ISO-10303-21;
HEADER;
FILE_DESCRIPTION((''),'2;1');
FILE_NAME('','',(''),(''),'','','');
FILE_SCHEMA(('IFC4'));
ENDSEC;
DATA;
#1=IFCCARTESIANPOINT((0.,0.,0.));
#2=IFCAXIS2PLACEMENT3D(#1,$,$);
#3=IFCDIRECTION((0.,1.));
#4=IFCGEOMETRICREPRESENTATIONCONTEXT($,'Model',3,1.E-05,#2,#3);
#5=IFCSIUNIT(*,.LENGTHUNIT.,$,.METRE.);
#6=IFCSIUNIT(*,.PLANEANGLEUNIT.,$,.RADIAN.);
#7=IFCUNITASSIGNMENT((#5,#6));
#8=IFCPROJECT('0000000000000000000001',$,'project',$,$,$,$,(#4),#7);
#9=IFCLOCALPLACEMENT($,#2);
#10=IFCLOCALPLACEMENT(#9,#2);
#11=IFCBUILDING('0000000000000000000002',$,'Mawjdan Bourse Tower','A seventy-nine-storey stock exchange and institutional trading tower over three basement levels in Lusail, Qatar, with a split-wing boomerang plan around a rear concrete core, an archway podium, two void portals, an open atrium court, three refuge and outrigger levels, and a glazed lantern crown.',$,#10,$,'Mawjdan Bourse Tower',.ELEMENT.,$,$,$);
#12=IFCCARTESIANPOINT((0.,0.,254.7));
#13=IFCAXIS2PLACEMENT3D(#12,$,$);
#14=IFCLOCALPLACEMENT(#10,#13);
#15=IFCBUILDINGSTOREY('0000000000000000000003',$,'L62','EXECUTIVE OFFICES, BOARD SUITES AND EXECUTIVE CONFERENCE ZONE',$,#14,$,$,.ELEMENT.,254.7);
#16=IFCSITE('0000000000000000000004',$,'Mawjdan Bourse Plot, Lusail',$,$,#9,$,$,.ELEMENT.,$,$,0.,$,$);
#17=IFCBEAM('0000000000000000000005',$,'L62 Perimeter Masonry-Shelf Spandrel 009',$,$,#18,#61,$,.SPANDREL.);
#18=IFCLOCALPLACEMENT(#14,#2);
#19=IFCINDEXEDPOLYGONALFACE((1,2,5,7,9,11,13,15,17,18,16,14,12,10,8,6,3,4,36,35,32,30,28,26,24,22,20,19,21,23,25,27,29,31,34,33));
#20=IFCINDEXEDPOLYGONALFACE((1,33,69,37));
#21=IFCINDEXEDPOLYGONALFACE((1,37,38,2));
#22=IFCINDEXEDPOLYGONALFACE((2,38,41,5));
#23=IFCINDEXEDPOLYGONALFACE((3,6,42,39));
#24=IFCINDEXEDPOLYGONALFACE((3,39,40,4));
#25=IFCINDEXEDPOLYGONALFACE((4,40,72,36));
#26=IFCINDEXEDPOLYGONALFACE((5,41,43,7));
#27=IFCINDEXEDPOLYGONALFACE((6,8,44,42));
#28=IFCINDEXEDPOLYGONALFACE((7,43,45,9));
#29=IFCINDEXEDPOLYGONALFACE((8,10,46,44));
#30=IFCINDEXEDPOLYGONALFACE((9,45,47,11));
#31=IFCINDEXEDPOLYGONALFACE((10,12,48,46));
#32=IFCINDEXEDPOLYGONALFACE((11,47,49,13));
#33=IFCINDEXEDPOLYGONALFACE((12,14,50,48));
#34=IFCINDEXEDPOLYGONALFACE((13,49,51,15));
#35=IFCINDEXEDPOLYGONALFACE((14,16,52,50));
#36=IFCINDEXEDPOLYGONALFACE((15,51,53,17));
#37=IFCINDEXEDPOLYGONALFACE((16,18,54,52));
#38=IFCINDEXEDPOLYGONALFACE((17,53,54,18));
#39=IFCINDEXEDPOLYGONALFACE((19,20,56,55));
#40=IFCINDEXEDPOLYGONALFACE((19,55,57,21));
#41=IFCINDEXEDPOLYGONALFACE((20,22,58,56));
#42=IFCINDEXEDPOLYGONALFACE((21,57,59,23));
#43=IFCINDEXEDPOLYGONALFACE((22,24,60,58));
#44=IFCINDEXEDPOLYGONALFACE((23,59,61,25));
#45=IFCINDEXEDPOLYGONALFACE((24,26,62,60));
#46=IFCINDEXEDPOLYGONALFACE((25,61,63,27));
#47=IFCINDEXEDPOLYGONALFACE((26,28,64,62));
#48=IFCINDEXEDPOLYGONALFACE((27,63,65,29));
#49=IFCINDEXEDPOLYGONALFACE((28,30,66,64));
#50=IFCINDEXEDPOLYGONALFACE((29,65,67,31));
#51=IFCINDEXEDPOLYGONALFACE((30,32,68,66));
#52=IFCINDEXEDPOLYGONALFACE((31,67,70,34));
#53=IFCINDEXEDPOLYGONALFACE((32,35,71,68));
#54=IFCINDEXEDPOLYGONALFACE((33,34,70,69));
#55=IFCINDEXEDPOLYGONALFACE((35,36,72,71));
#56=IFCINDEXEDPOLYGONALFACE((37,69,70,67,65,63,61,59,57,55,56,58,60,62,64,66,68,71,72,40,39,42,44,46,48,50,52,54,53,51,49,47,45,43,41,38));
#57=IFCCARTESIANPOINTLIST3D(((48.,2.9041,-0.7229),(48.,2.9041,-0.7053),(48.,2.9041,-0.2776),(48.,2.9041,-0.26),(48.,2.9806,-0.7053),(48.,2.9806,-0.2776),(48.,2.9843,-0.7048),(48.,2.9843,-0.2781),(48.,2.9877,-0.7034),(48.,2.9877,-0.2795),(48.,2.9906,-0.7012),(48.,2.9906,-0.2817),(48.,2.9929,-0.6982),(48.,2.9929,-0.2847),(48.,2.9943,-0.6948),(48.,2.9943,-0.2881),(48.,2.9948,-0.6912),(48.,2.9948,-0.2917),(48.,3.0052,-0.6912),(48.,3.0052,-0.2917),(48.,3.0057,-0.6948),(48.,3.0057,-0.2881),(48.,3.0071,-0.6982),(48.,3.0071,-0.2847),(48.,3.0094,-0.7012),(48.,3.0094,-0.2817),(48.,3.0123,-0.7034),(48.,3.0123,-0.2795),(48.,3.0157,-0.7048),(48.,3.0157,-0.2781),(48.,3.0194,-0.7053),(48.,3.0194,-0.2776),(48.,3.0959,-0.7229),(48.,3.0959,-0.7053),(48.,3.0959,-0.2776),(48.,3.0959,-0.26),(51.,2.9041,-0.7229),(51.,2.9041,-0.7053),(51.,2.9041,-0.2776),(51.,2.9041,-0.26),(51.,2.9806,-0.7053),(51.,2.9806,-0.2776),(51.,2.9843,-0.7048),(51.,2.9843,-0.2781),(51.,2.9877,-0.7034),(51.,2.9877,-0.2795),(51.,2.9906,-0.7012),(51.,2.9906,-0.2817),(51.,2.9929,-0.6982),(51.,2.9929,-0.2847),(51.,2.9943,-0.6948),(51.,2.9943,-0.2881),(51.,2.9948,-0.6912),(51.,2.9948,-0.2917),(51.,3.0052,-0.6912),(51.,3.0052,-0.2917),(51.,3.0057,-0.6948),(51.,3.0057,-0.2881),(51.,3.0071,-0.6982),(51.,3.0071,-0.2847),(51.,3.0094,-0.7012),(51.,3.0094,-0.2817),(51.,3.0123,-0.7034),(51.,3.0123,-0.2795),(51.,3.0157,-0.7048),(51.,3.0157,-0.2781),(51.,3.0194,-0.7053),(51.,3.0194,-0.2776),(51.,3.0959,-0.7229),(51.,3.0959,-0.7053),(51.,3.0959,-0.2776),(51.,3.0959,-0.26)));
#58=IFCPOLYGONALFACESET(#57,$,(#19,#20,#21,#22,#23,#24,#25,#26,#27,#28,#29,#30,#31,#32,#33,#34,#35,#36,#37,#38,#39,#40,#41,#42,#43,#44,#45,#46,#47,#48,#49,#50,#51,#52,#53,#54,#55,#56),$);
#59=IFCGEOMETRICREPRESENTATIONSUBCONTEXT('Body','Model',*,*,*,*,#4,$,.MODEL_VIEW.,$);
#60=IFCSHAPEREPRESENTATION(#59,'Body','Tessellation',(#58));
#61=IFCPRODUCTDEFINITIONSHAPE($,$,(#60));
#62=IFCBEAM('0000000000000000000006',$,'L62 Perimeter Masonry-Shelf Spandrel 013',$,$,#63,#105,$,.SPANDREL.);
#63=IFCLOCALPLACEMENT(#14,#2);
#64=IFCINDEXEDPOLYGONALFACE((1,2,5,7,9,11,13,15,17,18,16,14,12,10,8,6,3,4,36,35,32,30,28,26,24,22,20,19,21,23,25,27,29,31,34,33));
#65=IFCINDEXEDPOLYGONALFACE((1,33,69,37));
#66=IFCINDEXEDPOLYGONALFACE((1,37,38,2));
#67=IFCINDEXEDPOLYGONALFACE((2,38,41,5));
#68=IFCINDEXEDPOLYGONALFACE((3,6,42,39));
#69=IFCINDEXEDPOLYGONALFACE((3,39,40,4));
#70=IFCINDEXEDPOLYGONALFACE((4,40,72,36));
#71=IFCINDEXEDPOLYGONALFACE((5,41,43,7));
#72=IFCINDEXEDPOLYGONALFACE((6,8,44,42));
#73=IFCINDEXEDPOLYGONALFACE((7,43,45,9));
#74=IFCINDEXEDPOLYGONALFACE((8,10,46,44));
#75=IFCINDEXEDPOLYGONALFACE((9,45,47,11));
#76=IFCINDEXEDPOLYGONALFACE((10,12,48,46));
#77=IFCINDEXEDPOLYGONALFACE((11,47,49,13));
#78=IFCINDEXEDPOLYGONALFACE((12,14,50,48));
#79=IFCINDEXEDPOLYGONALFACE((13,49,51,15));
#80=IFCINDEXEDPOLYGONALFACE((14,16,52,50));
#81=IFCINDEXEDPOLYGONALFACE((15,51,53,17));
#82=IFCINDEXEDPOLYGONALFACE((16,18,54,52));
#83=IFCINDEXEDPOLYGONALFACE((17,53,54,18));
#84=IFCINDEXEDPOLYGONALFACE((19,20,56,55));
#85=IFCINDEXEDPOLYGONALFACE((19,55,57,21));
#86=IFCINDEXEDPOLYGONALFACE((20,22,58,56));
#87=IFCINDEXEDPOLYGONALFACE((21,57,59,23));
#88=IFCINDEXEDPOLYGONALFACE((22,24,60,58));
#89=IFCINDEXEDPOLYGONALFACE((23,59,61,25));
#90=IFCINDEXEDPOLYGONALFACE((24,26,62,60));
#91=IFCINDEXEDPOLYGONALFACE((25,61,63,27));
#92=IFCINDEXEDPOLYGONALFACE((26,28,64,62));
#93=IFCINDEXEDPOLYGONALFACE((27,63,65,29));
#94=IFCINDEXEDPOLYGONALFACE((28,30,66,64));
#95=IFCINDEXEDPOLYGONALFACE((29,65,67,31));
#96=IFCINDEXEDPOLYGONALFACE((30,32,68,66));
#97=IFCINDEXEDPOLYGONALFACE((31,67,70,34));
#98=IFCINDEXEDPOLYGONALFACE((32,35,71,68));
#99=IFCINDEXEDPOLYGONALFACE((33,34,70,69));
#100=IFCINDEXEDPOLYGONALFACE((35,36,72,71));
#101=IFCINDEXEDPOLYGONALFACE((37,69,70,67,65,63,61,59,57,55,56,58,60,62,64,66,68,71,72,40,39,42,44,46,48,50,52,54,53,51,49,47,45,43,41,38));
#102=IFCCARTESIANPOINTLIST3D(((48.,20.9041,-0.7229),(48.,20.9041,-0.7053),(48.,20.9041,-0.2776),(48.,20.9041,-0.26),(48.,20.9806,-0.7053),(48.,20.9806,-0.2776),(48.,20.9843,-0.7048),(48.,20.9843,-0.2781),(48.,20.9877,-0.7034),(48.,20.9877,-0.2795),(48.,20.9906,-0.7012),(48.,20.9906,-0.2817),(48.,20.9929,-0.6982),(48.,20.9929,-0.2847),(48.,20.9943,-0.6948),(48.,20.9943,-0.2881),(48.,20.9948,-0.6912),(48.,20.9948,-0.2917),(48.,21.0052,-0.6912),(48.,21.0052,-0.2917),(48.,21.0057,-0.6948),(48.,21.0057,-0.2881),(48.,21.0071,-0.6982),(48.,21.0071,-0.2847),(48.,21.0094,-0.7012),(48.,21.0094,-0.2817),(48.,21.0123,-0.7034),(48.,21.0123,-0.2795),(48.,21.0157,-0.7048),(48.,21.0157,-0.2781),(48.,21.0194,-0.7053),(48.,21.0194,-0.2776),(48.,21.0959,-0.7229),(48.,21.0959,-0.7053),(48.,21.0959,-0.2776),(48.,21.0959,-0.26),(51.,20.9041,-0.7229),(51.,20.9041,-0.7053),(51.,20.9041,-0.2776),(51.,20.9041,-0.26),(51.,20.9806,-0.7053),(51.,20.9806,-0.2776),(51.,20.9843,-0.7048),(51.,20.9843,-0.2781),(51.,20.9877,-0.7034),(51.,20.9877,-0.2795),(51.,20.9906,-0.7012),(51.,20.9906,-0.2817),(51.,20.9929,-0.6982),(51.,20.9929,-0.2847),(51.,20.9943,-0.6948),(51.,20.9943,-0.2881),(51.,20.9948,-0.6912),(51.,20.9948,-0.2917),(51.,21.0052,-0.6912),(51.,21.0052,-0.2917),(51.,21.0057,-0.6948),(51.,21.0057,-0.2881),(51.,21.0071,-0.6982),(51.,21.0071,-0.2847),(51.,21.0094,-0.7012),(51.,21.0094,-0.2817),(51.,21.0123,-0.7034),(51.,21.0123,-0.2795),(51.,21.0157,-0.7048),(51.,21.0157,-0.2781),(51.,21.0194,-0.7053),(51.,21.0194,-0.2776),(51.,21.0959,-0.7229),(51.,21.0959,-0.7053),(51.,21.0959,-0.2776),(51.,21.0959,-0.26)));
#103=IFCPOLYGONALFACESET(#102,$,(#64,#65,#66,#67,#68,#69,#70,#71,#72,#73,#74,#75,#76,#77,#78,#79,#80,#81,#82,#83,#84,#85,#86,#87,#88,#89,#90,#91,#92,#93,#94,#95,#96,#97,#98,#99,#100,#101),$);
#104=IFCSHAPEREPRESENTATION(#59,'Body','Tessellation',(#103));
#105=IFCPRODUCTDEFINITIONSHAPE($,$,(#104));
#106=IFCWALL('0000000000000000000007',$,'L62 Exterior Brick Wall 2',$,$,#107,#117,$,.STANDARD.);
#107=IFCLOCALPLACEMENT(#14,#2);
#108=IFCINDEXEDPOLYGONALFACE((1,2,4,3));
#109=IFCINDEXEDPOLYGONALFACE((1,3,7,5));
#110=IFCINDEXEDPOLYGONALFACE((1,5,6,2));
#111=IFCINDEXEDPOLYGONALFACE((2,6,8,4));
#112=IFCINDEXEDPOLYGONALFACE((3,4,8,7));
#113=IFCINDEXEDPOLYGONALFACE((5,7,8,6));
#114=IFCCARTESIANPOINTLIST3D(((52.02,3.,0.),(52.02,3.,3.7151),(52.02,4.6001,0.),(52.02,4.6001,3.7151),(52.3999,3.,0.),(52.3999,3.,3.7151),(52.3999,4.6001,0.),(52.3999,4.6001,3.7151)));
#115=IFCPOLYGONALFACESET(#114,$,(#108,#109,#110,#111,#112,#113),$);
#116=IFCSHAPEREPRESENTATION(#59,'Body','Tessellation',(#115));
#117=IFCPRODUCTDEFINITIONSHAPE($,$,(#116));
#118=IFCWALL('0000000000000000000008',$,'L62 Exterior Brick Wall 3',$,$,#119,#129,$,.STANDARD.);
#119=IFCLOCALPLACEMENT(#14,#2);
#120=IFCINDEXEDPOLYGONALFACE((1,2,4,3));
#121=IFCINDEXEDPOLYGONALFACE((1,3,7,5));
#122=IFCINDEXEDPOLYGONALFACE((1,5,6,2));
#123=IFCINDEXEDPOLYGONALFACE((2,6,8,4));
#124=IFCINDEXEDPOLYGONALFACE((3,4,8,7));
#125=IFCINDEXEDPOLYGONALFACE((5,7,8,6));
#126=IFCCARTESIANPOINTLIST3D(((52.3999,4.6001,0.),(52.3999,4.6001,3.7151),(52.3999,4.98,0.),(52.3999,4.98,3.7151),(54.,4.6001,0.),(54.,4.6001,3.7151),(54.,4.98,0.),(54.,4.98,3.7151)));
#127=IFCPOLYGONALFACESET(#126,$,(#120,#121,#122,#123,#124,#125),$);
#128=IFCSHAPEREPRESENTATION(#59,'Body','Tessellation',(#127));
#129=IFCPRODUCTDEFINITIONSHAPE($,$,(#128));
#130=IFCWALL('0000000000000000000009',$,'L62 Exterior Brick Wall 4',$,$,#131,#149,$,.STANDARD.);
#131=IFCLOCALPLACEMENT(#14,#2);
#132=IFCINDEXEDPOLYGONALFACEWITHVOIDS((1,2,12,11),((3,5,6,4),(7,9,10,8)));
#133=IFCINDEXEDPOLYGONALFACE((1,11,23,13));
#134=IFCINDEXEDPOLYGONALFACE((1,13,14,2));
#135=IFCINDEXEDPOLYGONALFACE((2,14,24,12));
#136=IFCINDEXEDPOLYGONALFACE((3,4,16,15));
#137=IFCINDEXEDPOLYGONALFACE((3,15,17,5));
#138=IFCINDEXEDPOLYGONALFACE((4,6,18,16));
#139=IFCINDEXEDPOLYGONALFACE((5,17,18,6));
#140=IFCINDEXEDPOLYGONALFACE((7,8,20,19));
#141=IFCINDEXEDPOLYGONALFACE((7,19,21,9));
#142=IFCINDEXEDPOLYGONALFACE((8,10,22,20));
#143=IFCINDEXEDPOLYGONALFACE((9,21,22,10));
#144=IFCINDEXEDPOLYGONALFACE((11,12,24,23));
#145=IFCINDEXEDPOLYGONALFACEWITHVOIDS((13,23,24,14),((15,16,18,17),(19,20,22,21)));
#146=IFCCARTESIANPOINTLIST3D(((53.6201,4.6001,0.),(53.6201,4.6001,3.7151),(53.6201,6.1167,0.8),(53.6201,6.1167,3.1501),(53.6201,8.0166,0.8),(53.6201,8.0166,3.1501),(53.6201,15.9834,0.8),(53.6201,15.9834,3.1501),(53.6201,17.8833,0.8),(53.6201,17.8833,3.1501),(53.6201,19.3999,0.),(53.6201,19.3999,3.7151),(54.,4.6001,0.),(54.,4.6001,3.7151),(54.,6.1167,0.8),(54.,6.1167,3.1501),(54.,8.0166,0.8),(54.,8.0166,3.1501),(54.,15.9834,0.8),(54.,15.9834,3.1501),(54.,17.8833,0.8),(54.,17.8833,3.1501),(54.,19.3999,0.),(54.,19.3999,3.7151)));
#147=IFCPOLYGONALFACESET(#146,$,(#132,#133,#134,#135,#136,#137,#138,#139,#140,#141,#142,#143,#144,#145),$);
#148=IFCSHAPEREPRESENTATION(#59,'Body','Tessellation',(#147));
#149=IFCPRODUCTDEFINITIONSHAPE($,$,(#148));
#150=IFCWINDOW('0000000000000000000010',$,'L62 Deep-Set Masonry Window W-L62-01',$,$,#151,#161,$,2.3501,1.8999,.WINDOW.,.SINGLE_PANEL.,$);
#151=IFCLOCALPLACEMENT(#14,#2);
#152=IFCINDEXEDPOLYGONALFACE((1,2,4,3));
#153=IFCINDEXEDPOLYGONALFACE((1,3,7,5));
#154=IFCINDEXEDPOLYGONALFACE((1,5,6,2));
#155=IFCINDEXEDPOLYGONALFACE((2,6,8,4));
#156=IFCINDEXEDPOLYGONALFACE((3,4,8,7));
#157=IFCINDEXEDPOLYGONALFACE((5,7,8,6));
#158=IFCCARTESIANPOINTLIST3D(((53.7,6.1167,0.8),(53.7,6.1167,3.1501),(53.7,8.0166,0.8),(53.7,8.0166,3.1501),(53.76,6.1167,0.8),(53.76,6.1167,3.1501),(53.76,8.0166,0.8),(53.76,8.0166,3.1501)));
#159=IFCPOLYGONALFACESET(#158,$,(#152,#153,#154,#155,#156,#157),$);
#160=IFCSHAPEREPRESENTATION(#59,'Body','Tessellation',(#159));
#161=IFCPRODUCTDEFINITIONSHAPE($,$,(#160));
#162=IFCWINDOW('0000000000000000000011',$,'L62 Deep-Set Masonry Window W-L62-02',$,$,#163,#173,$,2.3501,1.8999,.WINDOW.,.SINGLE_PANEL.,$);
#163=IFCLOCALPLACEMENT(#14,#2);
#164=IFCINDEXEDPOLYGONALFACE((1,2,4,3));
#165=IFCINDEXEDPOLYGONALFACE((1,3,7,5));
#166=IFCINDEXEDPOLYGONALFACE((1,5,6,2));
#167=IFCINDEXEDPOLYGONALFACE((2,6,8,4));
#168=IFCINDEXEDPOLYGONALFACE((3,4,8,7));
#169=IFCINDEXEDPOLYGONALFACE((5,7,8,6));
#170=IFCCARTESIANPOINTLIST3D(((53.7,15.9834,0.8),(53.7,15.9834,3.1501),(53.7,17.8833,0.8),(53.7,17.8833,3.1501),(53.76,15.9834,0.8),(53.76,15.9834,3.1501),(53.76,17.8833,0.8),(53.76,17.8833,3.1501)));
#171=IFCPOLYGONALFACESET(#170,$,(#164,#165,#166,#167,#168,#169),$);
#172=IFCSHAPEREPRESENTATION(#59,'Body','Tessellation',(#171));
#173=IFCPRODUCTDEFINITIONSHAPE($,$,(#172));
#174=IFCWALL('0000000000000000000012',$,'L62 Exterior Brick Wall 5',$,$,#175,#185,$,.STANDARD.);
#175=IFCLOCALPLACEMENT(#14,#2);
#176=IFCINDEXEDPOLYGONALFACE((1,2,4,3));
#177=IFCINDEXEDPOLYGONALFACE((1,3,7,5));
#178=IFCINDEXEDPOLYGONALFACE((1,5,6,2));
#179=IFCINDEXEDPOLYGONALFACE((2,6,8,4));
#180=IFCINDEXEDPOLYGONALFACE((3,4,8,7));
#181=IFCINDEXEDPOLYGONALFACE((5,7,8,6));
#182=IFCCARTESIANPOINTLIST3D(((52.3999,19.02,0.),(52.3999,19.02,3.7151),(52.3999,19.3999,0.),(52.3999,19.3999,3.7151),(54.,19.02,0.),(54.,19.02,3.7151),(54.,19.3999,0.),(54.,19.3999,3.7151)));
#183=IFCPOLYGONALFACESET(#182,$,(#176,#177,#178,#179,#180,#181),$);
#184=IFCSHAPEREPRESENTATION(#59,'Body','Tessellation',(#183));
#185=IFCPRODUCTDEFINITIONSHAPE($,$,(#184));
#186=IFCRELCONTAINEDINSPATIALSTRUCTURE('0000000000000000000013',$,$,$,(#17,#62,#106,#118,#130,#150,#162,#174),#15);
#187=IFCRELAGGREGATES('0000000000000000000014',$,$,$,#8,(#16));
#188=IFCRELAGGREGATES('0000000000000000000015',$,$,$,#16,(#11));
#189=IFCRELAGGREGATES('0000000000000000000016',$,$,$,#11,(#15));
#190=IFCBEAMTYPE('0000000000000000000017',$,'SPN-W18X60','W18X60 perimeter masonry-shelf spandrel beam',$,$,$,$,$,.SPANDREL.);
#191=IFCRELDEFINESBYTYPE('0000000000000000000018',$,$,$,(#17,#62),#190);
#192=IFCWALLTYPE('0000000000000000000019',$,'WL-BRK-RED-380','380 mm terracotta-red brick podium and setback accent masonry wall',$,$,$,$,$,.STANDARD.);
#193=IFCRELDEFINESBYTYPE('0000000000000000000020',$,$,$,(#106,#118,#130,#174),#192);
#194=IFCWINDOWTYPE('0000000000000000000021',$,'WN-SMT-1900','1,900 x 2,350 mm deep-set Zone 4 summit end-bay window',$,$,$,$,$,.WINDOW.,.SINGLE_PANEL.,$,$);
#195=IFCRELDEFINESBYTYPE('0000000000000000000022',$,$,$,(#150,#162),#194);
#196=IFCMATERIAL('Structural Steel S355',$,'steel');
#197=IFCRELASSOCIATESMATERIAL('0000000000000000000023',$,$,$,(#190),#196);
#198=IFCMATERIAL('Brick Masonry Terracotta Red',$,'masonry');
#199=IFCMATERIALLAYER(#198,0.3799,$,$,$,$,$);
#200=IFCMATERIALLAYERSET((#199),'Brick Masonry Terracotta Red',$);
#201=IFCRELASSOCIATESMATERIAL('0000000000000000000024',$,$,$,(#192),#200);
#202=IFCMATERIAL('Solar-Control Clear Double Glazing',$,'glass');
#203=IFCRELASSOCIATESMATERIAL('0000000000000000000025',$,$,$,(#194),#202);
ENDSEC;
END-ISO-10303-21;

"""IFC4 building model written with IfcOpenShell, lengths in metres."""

from ifc_helpers import new_model, si_unit, direction, frame, frame_2d, origin, origin_2d, place, context, subcontext, project, spatial, rectangle, i_section, extrude, material, layer, layer_set, material_profile, profile_set, type_object, element, fill, save


model = new_model("IFC4")

# Units and contexts
model_context = context("Model", 3, precision=1e-05, world=origin(), true_north=direction((0.0, 1.0)))
body_context = subcontext(model_context, "Body", "Model", "MODEL_VIEW")
ifc_project = project(units=[si_unit("LENGTHUNIT", "METRE"), si_unit("PLANEANGLEUNIT", "RADIAN")], contexts=[model_context])

# Site, building, storey
site_placement = place(None, origin())
site = spatial("IfcSite", under=ifc_project, at=site_placement, Name="Mawjdan Bourse Plot, Lusail", CompositionType="ELEMENT", RefElevation=0.0)
building_placement = place(site_placement, origin())
building = spatial("IfcBuilding", under=site, at=building_placement, Name="Mawjdan Bourse Tower", Description="A seventy-nine-storey stock exchange and institutional trading tower over three basement levels in Lusail, Qatar, with a split-wing boomerang plan around a rear concrete core, an archway podium, two void portals, an open atrium court, three refuge and outrigger levels, and a glazed lantern crown.", LongName="Mawjdan Bourse Tower", CompositionType="ELEMENT")
storey_placement = place(building_placement, frame((0.0, 0.0, 254.7)))
storey = spatial("IfcBuildingStorey", under=building, at=storey_placement, Name="L62", Description="EXECUTIVE OFFICES, BOARD SUITES AND EXECUTIVE CONFERENCE ZONE", CompositionType="ELEMENT", Elevation=254.7)

# Beams
ifc_material_1 = material(Name="Structural Steel S355", Category="steel")
ifc_material_profile_1 = material_profile(ifc_material_1, i_section(OverallWidth=0.1919, OverallDepth=0.4629, WebThickness=0.0105, FlangeThickness=0.0176, FilletRadius=0.0142, at=origin_2d()), Name="W18X60")
ifc_profile_set_1 = profile_set([ifc_material_profile_1], Name="Structural Steel S355")
beam_type_1 = type_object("IfcBeamType", Name="SPN-W18X60", Description="W18X60 perimeter masonry-shelf spandrel beam", PredefinedType="SPANDREL", material=ifc_profile_set_1)
for number, where, z_axis, x_axis, name in (
    (1, (48.0, 3.0, -0.4915), (1.0, 0.0, 0.0), (0.0, 1.0, 0.0), "L62 Perimeter Masonry-Shelf Spandrel 009"),
    (2, (48.0, 21.0, -0.4915), (1.0, 0.0, 0.0), (0.0, 1.0, 0.0), "L62 Perimeter Masonry-Shelf Spandrel 013"),
):
    element("IfcBeam", number, at=place(storey_placement, frame(where, z_axis=z_axis, x_axis=x_axis)), inside=storey, type_object=beam_type_1, Name=name, PredefinedType="SPANDREL", context=body_context, shape_type="SweptSolid", body=[
        extrude(i_section(OverallWidth=0.1919, OverallDepth=0.4629, WebThickness=0.0105, FlangeThickness=0.0176, FilletRadius=0.0142, at=origin_2d()), origin(), (0.0, 0.0, 1.0), 3.0),
    ])

# Walls
ifc_material_2 = material(Name="Brick Masonry Terracotta Red", Category="masonry")
ifc_layer_1 = layer(ifc_material_2, 0.3799)
ifc_layer_set_1 = layer_set([ifc_layer_1], Name="Brick Masonry Terracotta Red")
wall_type = type_object("IfcWallType", Name="WL-BRK-RED-380", Description="380 mm terracotta-red brick podium and setback accent masonry wall", PredefinedType="STANDARD", material=ifc_layer_set_1)
for number, where, z_axis, x_axis, name in (
    (3, (52.21, 3.0, 0.0), (0.0, 0.0, 1.0), (0.0, 1.0, 0.0), "L62 Exterior Brick Wall 2"),
    (4, (52.3999, 4.79, 0.0), (0.0, 0.0, 1.0), (1.0, 0.0, 0.0), "L62 Exterior Brick Wall 3"),
):
    element("IfcWall", number, at=place(storey_placement, frame(where, z_axis=z_axis, x_axis=x_axis)), inside=storey, type_object=wall_type, Name=name, PredefinedType="STANDARD", context=body_context, shape_type="SweptSolid", body=[
        extrude(rectangle(XDim=1.6001, YDim=0.3799, at=frame_2d((0.8, 0.0))), origin(), (0.0, 0.0, 1.0), 3.7151),
    ])

# Wall, openings, windows
wall_1_placement = place(storey_placement, frame((53.8101, 4.6001, 0.0), z_axis=(0.0, 0.0, 1.0), x_axis=(0.0, 1.0, 0.0)))
wall_1 = element("IfcWall", 5, at=wall_1_placement, inside=storey, type_object=wall_type, Name="L62 Exterior Brick Wall 4", PredefinedType="STANDARD", context=body_context, shape_type="SweptSolid", body=[
    extrude(rectangle(XDim=14.7998, YDim=0.3799, at=frame_2d((7.3999, 0.0))), origin(), (0.0, 0.0, 1.0), 3.7151),
])
opening_1_placement = place(wall_1_placement, frame((1.5166, 0.0, 0.8)))
opening_1 = element("IfcOpeningElement", 6, at=opening_1_placement, cuts=wall_1, PredefinedType="OPENING", context=body_context, shape_type="SweptSolid", body=[
    extrude(rectangle(XDim=1.8999, YDim=2.3501, at=frame_2d((0.95, 1.175))), frame((0.0, 0.2, 0.0), z_axis=(0.0, -1.0, 0.0), x_axis=(1.0, 0.0, 0.0)), (0.0, 0.0, 1.0), 0.3999),
])
opening_2_placement = place(wall_1_placement, frame((11.3833, 0.0, 0.8)))
opening_2 = element("IfcOpeningElement", 7, at=opening_2_placement, cuts=wall_1, PredefinedType="OPENING", context=body_context, shape_type="SweptSolid", body=[
    extrude(rectangle(XDim=1.8999, YDim=2.3501, at=frame_2d((0.95, 1.175))), frame((0.0, 0.2, 0.0), z_axis=(0.0, -1.0, 0.0), x_axis=(1.0, 0.0, 0.0)), (0.0, 0.0, 1.0), 0.3999),
])
ifc_material_3 = material(Name="Solar-Control Clear Double Glazing", Category="glass")
window_type_1 = type_object("IfcWindowType", Name="WN-SMT-1900", Description="1,900 x 2,350 mm deep-set Zone 4 summit end-bay window", PartitioningType="SINGLE_PANEL", PredefinedType="WINDOW", material=ifc_material_3)
window_1_placement = place(opening_1_placement, origin())
window_1 = element("IfcWindow", 8, at=window_1_placement, inside=storey, type_object=window_type_1, Name="L62 Deep-Set Masonry Window W-L62-01", OverallHeight=2.3501, OverallWidth=1.8999, PartitioningType="SINGLE_PANEL", PredefinedType="WINDOW", context=body_context, shape_type="SweptSolid", body=[
    extrude(rectangle(XDim=1.8999, YDim=2.3501, at=frame_2d((0.95, 1.175))), frame((0.0, 0.1101, 0.0), z_axis=(0.0, -1.0, 0.0), x_axis=(1.0, 0.0, 0.0)), (0.0, 0.0, 1.0), 0.0601),
])
fill(opening_1, window_1)
window_2_placement = place(opening_2_placement, origin())
window_2 = element("IfcWindow", 9, at=window_2_placement, inside=storey, type_object=window_type_1, Name="L62 Deep-Set Masonry Window W-L62-02", OverallHeight=2.3501, OverallWidth=1.8999, PartitioningType="SINGLE_PANEL", PredefinedType="WINDOW", context=body_context, shape_type="SweptSolid", body=[
    extrude(rectangle(XDim=1.8999, YDim=2.3501, at=frame_2d((0.95, 1.175))), frame((0.0, 0.1101, 0.0), z_axis=(0.0, -1.0, 0.0), x_axis=(1.0, 0.0, 0.0)), (0.0, 0.0, 1.0), 0.0601),
])
fill(opening_2, window_2)

# Wall
for number, where, z_axis, x_axis, name in (
    (10, (54.0, 19.21, 0.0), (0.0, 0.0, 1.0), (-1.0, 0.0, 0.0), "L62 Exterior Brick Wall 5"),
):
    element("IfcWall", number, at=place(storey_placement, frame(where, z_axis=z_axis, x_axis=x_axis)), inside=storey, type_object=wall_type, Name=name, PredefinedType="STANDARD", context=body_context, shape_type="SweptSolid", body=[
        extrude(rectangle(XDim=1.6001, YDim=0.3799, at=frame_2d((0.8, 0.0))), origin(), (0.0, 0.0, 1.0), 3.7151),
    ])

save(model, "model.ifc")
